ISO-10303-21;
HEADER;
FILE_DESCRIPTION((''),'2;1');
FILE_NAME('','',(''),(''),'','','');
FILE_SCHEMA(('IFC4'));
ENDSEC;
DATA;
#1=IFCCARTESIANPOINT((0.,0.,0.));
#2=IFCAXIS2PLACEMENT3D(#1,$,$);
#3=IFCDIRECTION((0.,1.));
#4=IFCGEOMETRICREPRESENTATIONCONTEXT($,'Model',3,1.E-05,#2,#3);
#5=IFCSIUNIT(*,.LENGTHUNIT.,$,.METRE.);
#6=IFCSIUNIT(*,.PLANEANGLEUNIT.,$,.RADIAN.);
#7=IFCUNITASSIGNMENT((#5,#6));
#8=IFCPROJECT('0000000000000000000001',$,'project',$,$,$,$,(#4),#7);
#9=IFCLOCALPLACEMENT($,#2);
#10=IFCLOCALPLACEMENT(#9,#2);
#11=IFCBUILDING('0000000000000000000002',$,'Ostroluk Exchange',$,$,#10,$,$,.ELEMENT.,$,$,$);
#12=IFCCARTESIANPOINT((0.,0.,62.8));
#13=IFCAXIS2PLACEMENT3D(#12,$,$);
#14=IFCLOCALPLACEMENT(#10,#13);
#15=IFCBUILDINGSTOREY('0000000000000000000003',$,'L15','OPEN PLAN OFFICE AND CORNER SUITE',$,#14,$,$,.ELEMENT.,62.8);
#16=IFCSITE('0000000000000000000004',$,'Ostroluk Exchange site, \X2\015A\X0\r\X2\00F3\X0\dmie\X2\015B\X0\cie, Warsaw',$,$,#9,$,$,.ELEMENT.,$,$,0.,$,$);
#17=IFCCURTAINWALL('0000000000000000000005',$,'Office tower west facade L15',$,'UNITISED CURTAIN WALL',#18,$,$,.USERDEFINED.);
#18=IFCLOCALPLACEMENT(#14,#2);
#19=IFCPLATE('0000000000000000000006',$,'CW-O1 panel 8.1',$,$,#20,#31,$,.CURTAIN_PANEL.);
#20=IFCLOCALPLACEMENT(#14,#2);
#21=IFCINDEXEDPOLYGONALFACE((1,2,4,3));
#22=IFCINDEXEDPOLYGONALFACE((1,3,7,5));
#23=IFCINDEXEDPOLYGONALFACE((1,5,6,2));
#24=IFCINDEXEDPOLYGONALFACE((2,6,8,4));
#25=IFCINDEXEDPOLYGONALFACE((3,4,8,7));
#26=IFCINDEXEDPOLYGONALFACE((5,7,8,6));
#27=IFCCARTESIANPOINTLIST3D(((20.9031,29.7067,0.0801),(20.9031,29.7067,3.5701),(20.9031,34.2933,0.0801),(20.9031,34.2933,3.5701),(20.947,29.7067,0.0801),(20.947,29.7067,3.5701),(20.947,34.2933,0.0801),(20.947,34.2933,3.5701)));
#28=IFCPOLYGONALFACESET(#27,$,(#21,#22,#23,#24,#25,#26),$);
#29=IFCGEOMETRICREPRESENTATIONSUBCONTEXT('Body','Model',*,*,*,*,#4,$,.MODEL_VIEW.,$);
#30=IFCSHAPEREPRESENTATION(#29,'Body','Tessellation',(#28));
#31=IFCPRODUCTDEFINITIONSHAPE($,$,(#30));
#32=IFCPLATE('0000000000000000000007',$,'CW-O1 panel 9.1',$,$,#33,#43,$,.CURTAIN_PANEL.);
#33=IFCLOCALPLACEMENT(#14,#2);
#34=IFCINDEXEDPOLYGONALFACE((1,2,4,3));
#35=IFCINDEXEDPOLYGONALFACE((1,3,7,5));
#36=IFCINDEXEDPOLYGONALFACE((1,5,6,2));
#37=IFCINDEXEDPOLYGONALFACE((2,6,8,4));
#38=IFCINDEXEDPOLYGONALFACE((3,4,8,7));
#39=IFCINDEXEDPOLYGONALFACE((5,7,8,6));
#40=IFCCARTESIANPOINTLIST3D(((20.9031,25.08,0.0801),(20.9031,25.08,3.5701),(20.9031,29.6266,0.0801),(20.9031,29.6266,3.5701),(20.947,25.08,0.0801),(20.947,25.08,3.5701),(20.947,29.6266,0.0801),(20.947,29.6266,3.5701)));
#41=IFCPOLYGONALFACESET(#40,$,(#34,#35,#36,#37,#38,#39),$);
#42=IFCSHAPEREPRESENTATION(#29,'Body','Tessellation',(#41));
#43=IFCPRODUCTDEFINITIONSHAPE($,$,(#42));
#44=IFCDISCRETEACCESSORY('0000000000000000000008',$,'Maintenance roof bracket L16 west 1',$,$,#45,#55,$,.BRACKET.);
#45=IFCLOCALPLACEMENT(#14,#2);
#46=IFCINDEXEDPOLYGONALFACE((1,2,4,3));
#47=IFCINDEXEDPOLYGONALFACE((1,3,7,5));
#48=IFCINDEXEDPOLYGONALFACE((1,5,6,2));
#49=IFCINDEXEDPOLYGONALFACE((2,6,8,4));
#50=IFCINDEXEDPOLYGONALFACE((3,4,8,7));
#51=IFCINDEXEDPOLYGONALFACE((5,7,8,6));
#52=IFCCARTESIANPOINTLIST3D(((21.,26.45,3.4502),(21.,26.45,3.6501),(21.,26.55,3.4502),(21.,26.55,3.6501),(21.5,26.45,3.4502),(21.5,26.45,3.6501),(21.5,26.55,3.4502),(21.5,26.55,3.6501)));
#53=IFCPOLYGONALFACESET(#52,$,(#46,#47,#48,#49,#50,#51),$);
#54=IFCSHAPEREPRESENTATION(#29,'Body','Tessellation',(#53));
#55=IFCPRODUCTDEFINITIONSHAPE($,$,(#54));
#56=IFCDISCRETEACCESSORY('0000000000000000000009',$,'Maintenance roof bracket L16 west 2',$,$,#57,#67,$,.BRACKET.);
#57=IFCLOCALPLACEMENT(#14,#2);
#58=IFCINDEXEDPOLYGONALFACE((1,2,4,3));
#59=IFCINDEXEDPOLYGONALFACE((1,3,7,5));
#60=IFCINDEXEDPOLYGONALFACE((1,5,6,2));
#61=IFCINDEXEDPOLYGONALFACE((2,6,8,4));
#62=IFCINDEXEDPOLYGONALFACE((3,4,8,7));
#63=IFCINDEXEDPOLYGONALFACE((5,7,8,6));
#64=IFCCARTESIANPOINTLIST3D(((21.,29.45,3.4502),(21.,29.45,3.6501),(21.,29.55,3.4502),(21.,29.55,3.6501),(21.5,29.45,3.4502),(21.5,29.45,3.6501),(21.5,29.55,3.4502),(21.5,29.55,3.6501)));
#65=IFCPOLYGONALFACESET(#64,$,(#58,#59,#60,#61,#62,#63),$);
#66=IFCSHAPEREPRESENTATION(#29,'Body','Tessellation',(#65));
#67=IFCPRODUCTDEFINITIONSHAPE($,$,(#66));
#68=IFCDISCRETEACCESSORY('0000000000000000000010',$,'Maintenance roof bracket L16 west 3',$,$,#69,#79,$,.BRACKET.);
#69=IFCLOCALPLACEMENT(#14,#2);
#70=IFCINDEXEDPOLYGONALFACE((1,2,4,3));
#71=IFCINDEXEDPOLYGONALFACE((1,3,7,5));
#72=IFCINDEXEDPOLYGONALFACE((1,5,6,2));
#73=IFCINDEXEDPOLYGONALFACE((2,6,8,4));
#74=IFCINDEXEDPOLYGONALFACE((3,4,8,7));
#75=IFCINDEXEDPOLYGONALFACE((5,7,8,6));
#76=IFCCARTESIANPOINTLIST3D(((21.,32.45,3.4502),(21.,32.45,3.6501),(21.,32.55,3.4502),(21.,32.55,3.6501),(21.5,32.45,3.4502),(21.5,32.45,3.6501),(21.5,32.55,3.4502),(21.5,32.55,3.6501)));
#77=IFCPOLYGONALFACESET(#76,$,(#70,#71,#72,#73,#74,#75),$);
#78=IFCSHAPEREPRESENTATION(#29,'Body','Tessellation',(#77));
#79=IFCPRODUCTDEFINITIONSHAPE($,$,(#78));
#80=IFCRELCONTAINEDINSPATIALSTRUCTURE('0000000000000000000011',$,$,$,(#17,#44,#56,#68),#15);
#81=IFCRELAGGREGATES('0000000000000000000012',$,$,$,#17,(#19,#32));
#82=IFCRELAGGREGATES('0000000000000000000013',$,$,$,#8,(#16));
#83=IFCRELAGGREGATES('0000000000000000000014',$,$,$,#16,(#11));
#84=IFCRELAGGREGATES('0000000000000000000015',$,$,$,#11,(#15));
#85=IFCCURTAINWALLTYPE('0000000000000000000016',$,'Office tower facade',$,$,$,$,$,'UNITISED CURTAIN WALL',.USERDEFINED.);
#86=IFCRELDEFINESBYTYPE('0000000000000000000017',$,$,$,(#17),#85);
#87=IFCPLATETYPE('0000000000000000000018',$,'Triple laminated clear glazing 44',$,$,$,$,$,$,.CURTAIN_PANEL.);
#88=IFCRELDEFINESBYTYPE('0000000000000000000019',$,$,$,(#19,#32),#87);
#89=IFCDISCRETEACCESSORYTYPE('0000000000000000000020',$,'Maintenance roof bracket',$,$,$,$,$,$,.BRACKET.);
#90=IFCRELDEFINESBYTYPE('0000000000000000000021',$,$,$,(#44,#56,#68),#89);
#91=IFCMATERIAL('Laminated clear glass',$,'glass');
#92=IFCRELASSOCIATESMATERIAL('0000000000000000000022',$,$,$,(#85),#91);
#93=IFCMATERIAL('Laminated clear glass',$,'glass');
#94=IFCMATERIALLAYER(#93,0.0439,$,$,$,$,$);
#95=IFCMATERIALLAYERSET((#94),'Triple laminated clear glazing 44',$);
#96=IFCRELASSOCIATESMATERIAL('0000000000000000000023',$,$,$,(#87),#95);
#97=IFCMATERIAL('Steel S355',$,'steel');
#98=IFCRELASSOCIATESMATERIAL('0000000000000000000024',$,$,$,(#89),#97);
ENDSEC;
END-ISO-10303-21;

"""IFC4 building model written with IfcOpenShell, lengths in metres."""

from ifc_helpers import new_model, si_unit, direction, frame, origin, origin_2d, place, context, subcontext, project, spatial, rectangle, extrude, material, layer, layer_set, type_object, element, aggregate, save


model = new_model("IFC4")

# Units and contexts
model_context = context("Model", 3, precision=1e-05, world=origin(), true_north=direction((0.0, 1.0)))
body_context = subcontext(model_context, "Body", "Model", "MODEL_VIEW")
ifc_project = project(units=[si_unit("LENGTHUNIT", "METRE"), si_unit("PLANEANGLEUNIT", "RADIAN")], contexts=[model_context])

# Site, building, storey
site_placement = place(None, origin())
site = spatial("IfcSite", under=ifc_project, at=site_placement, Name="Ostroluk Exchange site, Śródmieście, Warsaw", CompositionType="ELEMENT", RefElevation=0.0)
building_placement = place(site_placement, origin())
building = spatial("IfcBuilding", under=site, at=building_placement, Name="Ostroluk Exchange", CompositionType="ELEMENT")
storey_placement = place(building_placement, frame((0.0, 0.0, 62.8)))
storey = spatial("IfcBuildingStorey", under=building, at=storey_placement, Name="L15", Description="OPEN PLAN OFFICE AND CORNER SUITE", CompositionType="ELEMENT", Elevation=62.8)

# Curtain wall, plates
ifc_material_1 = material(Name="Laminated clear glass", Category="glass")
curtain_wall_type = type_object("IfcCurtainWallType", Name="Office tower facade", ElementType="UNITISED CURTAIN WALL", PredefinedType="USERDEFINED", material=ifc_material_1)
curtain_wall_placement = place(storey_placement, origin())
curtain_wall = element("IfcCurtainWall", 1, at=curtain_wall_placement, inside=storey, type_object=curtain_wall_type, Name="Office tower west facade L15", ObjectType="UNITISED CURTAIN WALL", PredefinedType="USERDEFINED")
ifc_material_2 = material(Name="Laminated clear glass", Category="glass")
ifc_layer = layer(ifc_material_2, 0.0439)
ifc_layer_set = layer_set([ifc_layer], Name="Triple laminated clear glazing 44")
plate_type = type_object("IfcPlateType", Name="Triple laminated clear glazing 44", PredefinedType="CURTAIN_PANEL", material=ifc_layer_set)
plate_1_placement = place(storey_placement, frame((20.925, 32.0, 0.0801), z_axis=(0.0, 0.0, 1.0), x_axis=(0.0, -1.0, 0.0)))
plate_1 = element("IfcPlate", 2, at=plate_1_placement, type_object=plate_type, Name="CW-O1 panel 8.1", PredefinedType="CURTAIN_PANEL", context=body_context, shape_type="SweptSolid", body=[
    extrude(rectangle(XDim=4.5867, YDim=0.0439, at=origin_2d()), origin(), (0.0, 0.0, 1.0), 3.49),
])
plate_2_placement = place(storey_placement, frame((20.925, 27.3533, 0.0801), z_axis=(0.0, 0.0, 1.0), x_axis=(0.0, -1.0, 0.0)))
plate_2 = element("IfcPlate", 3, at=plate_2_placement, type_object=plate_type, Name="CW-O1 panel 9.1", PredefinedType="CURTAIN_PANEL", context=body_context, shape_type="SweptSolid", body=[
    extrude(rectangle(XDim=4.5466, YDim=0.0439, at=origin_2d()), origin(), (0.0, 0.0, 1.0), 3.49),
])
aggregate(curtain_wall, [plate_1, plate_2])

# Discrete accessories
ifc_material_3 = material(Name="Steel S355", Category="steel")
discrete_accessory_type = type_object("IfcDiscreteAccessoryType", Name="Maintenance roof bracket", PredefinedType="BRACKET", material=ifc_material_3)
for number, where, z_axis, x_axis, name in (
    (4, (21.25, 26.5, 3.4502), (0.0, 0.0, 1.0), (1.0, 0.0, 0.0), "Maintenance roof bracket L16 west 1"),
    (5, (21.25, 29.5, 3.4502), (0.0, 0.0, 1.0), (1.0, 0.0, 0.0), "Maintenance roof bracket L16 west 2"),
    (6, (21.25, 32.5, 3.4502), (0.0, 0.0, 1.0), (1.0, 0.0, 0.0), "Maintenance roof bracket L16 west 3"),
):
    element("IfcDiscreteAccessory", number, at=place(storey_placement, frame(where, z_axis=z_axis, x_axis=x_axis)), inside=storey, type_object=discrete_accessory_type, Name=name, PredefinedType="BRACKET", context=body_context, shape_type="SweptSolid", body=[
        extrude(rectangle(XDim=0.5, YDim=0.1001, at=origin_2d()), origin(), (0.0, 0.0, 1.0), 0.2),
    ])

save(model, "model.ifc")
